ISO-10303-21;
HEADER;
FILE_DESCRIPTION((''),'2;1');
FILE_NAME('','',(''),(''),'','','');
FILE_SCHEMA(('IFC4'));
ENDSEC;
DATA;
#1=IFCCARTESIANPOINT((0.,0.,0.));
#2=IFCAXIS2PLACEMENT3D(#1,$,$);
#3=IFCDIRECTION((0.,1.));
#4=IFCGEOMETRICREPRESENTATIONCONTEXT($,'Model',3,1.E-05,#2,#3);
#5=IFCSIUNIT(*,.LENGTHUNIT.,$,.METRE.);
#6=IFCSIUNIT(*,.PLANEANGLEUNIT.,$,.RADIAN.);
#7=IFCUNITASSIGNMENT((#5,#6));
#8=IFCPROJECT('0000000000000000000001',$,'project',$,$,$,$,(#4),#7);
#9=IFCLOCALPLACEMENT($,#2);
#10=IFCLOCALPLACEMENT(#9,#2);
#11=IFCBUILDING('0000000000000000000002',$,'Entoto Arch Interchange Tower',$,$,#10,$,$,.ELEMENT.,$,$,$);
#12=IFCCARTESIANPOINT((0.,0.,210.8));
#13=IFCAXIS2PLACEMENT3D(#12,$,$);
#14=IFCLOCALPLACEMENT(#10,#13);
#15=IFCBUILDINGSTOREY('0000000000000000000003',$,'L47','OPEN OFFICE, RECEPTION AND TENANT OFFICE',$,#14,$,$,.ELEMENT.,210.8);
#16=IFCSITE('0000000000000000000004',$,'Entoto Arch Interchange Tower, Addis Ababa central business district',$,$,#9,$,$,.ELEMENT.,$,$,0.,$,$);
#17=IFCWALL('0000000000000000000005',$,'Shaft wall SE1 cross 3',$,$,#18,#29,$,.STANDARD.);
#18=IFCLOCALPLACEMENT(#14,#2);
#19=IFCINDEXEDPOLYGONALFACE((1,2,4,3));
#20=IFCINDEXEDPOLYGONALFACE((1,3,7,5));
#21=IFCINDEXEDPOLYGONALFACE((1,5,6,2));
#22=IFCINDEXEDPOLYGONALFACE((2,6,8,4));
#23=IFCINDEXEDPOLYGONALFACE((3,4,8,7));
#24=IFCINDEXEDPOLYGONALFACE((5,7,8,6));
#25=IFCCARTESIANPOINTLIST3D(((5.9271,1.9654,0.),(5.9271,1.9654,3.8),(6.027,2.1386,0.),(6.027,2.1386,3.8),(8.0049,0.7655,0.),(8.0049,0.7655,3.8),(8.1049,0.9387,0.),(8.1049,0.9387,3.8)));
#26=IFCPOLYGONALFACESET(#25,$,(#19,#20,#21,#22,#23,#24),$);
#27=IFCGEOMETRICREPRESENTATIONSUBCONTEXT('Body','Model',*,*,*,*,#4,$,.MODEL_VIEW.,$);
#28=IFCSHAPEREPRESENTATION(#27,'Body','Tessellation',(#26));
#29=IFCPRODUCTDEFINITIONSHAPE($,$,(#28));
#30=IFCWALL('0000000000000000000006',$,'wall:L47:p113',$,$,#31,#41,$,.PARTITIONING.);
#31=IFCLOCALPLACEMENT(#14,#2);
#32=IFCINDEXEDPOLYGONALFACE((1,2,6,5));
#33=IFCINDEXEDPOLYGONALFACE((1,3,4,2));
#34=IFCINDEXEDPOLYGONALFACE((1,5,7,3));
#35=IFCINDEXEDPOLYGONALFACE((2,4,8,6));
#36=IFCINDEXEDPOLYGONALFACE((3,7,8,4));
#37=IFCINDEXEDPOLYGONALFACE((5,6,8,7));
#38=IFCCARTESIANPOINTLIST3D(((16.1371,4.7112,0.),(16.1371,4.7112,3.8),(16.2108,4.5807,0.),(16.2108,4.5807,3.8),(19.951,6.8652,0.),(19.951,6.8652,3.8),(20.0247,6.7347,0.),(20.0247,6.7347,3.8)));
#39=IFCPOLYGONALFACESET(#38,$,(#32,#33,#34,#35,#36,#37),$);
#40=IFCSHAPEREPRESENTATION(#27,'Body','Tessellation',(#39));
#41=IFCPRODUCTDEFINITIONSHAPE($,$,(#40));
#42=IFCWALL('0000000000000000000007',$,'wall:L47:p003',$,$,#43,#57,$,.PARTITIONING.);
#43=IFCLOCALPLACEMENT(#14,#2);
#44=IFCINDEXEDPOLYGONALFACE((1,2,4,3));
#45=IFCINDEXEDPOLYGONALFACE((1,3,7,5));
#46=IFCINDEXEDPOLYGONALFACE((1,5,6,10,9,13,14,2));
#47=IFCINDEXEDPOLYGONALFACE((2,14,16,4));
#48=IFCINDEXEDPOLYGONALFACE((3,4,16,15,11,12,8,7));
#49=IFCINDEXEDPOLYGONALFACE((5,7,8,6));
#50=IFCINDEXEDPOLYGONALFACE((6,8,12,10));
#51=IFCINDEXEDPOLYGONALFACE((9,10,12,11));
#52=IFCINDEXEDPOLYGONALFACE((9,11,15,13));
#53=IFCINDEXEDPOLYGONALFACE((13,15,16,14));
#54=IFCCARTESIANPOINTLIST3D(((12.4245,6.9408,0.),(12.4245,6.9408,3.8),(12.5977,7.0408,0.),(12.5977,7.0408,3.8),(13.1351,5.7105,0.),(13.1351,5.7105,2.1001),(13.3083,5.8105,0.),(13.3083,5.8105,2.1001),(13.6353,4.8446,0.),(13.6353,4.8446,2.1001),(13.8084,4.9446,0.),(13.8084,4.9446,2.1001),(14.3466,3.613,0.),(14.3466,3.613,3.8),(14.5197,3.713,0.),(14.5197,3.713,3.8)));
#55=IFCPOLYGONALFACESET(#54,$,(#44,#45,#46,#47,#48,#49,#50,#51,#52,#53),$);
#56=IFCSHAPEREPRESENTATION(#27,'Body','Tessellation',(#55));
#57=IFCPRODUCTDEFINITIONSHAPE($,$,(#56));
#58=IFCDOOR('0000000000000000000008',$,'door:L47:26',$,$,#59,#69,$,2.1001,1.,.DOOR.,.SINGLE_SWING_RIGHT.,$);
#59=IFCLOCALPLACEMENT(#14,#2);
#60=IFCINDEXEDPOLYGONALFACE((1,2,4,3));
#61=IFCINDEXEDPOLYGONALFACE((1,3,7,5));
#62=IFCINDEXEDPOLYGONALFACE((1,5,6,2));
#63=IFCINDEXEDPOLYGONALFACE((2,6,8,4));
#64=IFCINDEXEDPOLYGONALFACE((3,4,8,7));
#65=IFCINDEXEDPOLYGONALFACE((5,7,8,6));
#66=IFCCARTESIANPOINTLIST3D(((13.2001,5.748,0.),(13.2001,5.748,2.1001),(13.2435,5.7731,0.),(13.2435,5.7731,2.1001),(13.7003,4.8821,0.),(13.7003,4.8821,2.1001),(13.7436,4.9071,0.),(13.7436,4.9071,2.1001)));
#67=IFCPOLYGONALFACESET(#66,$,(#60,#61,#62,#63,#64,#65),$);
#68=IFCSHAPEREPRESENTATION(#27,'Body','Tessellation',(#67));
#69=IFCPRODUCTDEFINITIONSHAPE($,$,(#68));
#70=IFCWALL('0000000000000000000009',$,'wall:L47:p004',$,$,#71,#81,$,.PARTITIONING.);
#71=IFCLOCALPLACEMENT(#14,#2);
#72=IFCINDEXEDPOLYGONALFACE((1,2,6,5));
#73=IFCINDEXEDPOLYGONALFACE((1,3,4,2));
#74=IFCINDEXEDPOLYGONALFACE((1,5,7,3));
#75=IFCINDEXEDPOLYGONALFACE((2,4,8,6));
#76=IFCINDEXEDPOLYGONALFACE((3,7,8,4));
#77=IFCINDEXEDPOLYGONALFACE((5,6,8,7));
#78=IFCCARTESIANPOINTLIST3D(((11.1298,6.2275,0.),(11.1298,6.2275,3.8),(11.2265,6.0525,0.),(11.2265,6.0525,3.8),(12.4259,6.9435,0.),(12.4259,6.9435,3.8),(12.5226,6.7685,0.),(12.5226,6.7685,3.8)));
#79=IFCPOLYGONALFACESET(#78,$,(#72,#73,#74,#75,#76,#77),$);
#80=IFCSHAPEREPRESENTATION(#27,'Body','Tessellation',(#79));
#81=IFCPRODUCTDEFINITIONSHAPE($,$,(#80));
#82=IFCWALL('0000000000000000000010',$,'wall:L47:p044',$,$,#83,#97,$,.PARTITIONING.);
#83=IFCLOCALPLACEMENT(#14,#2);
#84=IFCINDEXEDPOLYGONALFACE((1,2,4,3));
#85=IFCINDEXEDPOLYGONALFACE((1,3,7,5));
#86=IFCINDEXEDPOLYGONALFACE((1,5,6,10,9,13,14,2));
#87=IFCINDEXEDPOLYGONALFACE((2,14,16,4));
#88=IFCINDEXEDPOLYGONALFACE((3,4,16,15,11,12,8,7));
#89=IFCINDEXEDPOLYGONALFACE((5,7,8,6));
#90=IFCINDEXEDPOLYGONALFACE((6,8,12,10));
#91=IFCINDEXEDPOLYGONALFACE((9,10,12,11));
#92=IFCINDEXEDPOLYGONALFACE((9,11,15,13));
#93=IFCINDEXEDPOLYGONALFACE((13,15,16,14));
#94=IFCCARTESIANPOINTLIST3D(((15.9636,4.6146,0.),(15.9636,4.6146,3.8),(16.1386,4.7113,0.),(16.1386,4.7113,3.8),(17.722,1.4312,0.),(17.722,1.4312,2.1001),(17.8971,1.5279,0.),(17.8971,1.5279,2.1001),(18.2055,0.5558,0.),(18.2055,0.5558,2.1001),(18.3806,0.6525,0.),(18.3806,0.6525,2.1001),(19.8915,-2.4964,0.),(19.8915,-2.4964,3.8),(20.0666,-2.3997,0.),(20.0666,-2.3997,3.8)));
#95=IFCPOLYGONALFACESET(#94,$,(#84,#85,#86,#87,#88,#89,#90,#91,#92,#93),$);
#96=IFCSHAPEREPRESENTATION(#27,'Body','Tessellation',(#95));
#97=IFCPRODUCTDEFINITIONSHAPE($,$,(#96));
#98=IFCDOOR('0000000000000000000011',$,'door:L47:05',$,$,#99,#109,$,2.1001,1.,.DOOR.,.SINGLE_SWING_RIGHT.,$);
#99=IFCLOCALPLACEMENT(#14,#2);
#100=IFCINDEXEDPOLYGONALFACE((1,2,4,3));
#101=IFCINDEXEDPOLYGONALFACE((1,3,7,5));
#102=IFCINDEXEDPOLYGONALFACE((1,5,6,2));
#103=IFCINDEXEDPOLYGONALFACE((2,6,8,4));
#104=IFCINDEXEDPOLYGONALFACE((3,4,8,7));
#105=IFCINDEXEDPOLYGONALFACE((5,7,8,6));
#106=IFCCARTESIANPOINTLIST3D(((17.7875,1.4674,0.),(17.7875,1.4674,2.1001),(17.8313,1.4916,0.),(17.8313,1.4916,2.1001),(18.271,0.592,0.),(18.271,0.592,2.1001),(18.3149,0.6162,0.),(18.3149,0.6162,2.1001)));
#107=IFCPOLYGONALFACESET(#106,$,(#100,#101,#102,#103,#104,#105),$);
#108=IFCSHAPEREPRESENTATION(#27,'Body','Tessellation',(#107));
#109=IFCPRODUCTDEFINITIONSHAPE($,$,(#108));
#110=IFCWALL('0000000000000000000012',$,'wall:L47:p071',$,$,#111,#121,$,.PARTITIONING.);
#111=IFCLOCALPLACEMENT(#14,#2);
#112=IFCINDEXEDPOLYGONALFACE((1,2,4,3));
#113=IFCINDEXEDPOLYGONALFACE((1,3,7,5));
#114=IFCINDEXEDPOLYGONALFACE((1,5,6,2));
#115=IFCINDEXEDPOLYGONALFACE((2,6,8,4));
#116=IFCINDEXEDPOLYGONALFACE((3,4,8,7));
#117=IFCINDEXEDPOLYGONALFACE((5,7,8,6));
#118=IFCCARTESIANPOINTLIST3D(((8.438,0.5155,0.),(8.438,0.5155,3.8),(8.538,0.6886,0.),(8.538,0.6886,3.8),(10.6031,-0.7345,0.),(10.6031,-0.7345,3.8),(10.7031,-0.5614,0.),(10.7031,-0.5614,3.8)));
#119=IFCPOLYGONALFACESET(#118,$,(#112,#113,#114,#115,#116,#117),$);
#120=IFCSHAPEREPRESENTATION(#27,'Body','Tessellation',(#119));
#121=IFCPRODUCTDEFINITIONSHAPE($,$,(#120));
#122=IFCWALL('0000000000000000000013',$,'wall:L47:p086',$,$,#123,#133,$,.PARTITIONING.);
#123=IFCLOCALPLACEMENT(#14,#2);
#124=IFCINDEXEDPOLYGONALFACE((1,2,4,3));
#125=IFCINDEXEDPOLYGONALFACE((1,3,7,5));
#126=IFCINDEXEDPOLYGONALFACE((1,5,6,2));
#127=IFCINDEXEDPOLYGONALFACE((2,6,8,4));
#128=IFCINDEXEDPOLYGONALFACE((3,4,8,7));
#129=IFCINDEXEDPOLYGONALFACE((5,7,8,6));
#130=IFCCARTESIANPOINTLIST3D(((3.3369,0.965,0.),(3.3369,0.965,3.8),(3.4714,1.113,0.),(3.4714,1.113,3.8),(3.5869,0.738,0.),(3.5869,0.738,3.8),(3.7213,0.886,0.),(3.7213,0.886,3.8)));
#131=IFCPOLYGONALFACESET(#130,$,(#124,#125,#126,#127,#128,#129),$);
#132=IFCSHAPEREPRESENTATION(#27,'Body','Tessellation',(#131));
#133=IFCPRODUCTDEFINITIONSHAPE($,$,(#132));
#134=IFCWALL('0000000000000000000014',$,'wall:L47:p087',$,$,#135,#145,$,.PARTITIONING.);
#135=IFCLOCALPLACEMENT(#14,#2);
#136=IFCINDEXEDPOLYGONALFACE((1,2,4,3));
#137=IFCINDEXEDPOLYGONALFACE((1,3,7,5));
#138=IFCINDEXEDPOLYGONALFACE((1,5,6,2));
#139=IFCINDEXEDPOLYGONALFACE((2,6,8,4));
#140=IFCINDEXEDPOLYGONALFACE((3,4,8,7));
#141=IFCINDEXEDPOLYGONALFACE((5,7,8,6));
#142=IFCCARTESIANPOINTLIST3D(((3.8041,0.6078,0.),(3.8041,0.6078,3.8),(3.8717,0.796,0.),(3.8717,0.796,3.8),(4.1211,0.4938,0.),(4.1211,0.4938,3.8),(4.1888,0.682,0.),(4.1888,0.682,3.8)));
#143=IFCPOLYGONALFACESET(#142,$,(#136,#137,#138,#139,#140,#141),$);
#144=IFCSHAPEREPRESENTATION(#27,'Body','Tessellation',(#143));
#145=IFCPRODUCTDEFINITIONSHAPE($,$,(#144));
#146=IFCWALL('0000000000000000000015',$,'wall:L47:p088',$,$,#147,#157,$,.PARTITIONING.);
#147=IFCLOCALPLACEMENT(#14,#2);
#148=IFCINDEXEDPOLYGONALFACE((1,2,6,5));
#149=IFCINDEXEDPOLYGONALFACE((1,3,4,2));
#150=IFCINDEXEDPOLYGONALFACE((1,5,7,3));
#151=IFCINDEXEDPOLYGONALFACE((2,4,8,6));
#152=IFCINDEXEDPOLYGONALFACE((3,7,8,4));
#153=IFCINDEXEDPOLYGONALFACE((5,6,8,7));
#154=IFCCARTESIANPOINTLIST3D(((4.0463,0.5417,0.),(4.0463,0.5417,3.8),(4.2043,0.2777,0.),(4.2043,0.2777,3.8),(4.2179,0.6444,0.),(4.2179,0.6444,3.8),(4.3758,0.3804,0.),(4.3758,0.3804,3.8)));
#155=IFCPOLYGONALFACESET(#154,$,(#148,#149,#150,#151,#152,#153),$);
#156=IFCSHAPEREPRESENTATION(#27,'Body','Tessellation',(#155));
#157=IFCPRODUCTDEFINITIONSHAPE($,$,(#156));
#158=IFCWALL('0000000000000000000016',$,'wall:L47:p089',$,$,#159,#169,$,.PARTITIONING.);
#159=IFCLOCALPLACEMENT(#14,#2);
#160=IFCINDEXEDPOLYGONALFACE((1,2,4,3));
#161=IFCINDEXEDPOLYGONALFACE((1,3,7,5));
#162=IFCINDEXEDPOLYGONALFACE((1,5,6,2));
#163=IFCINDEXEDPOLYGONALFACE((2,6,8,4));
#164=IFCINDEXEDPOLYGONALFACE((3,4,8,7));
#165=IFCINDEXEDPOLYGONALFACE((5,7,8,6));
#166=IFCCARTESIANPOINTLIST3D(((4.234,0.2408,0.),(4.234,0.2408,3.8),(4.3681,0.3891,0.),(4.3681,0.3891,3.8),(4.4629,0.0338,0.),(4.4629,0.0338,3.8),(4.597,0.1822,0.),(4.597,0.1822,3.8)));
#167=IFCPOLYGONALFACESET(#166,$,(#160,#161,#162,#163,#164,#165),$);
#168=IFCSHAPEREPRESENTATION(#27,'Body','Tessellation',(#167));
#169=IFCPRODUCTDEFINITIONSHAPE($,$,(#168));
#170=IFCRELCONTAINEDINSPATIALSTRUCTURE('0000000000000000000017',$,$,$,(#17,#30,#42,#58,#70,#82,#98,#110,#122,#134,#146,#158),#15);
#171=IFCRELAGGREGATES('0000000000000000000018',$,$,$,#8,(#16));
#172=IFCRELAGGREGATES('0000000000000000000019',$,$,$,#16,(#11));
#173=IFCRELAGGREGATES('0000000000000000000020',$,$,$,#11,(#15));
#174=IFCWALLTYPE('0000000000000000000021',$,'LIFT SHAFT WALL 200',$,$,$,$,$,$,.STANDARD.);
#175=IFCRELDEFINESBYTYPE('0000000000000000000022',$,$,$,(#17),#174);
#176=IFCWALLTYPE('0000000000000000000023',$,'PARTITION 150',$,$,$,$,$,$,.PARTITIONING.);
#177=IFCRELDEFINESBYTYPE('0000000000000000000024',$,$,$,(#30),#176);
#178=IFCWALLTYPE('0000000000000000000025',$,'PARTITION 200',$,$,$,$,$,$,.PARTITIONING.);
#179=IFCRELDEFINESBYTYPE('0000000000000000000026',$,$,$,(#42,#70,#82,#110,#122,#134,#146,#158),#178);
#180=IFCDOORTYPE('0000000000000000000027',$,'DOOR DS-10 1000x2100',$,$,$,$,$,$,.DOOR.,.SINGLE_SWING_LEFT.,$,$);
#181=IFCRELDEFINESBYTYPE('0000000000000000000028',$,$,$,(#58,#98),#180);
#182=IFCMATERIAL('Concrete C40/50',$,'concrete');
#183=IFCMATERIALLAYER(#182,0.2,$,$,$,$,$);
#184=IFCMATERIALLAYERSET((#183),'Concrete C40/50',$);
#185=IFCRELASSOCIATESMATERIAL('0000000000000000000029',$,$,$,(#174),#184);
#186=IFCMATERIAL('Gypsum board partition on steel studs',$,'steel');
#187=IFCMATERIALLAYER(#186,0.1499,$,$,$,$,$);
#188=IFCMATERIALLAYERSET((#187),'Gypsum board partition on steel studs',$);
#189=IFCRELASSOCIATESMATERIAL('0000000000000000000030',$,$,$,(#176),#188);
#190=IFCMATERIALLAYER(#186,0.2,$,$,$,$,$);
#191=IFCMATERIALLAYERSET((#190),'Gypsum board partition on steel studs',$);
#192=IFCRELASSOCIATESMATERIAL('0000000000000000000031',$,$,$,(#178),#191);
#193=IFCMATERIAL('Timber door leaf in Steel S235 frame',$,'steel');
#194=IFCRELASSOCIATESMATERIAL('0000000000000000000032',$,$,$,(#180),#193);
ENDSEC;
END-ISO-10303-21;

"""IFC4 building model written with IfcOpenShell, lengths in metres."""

from ifc_helpers import new_model, si_unit, direction, frame, frame_2d, origin, place, context, subcontext, project, spatial, rectangle, extrude, material, layer, layer_set, type_object, element, fill, save


model = new_model("IFC4")

# Units and contexts
model_context = context("Model", 3, precision=1e-05, world=origin(), true_north=direction((0.0, 1.0)))
body_context = subcontext(model_context, "Body", "Model", "MODEL_VIEW")
ifc_project = project(units=[si_unit("LENGTHUNIT", "METRE"), si_unit("PLANEANGLEUNIT", "RADIAN")], contexts=[model_context])

# Site, building, storey
site_placement = place(None, origin())
site = spatial("IfcSite", under=ifc_project, at=site_placement, Name="Entoto Arch Interchange Tower, Addis Ababa central business district", CompositionType="ELEMENT", RefElevation=0.0)
building_placement = place(site_placement, origin())
building = spatial("IfcBuilding", under=site, at=building_placement, Name="Entoto Arch Interchange Tower", CompositionType="ELEMENT")
storey_placement = place(building_placement, frame((0.0, 0.0, 210.8)))
storey = spatial("IfcBuildingStorey", under=building, at=storey_placement, Name="L47", Description="OPEN OFFICE, RECEPTION AND TENANT OFFICE", CompositionType="ELEMENT", Elevation=210.8)

# Walls
ifc_material_1 = material(Name="Concrete C40/50", Category="concrete")
ifc_layer_1 = layer(ifc_material_1, 0.2)
ifc_layer_set_1 = layer_set([ifc_layer_1], Name="Concrete C40/50")
wall_type_1 = type_object("IfcWallType", Name="LIFT SHAFT WALL 200", PredefinedType="STANDARD", material=ifc_layer_set_1)
wall_1_placement = place(storey_placement, frame((5.9771, 2.052, 0.0), z_axis=(0.0, 0.0, 1.0), x_axis=(0.865974, -0.500089, 0.0)))
element("IfcWall", 1, at=wall_1_placement, inside=storey, type_object=wall_type_1, Name="Shaft wall SE1 cross 3", PredefinedType="STANDARD", context=body_context, shape_type="SweptSolid", body=[
    extrude(rectangle(XDim=2.3994, YDim=0.2, at=frame_2d((1.1997, 0.0))), origin(), (0.0, 0.0, 1.0), 3.8),
])
ifc_material_2 = material(Name="Gypsum board partition on steel studs", Category="steel")
ifc_layer_2 = layer(ifc_material_2, 0.1499)
ifc_layer_set_2 = layer_set([ifc_layer_2], Name="Gypsum board partition on steel studs")
wall_type_2 = type_object("IfcWallType", Name="PARTITION 150", PredefinedType="PARTITIONING", material=ifc_layer_set_2)
wall_2_placement = place(storey_placement, frame((16.1741, 4.646, 0.0), z_axis=(0.0, 0.0, 1.0), x_axis=(0.870726, 0.491769, 0.0)))
element("IfcWall", 2, at=wall_2_placement, inside=storey, type_object=wall_type_2, Name="wall:L47:p113", PredefinedType="PARTITIONING", context=body_context, shape_type="SweptSolid", body=[
    extrude(rectangle(XDim=4.3801, YDim=0.1499, at=frame_2d((2.1899, 0.0))), origin(), (0.0, 0.0, 1.0), 3.8),
])

# Wall, opening, door
ifc_layer_3 = layer(ifc_material_2, 0.2)
ifc_layer_set_3 = layer_set([ifc_layer_3], Name="Gypsum board partition on steel studs")
wall_type_3 = type_object("IfcWallType", Name="PARTITION 200", PredefinedType="PARTITIONING", material=ifc_layer_set_3)
wall_3_placement = place(storey_placement, frame((14.4331, 3.6631, 0.0), z_axis=(0.0, 0.0, 1.0), x_axis=(-0.50015, 0.865939, 0.0)))
wall_3 = element("IfcWall", 3, at=wall_3_placement, inside=storey, type_object=wall_type_3, Name="wall:L47:p003", PredefinedType="PARTITIONING", context=body_context, shape_type="SweptSolid", body=[
    extrude(rectangle(XDim=3.843, YDim=0.2, at=frame_2d((1.9214, 0.0))), origin(), (0.0, 0.0, 1.0), 3.8),
])
opening_1_placement = place(wall_3_placement, frame((1.4221, 0.0, 0.0)))
opening_1 = element("IfcOpeningElement", 4, at=opening_1_placement, cuts=wall_3, PredefinedType="OPENING", context=body_context, shape_type="SweptSolid", body=[
    extrude(rectangle(XDim=1.0, YDim=2.1001, at=frame_2d((0.5, 1.05))), frame((0.0, 0.1099, 0.0), z_axis=(0.0, -1.0, 0.0), x_axis=(1.0, 0.0, 0.0)), (0.0, 0.0, 1.0), 0.22),
])
ifc_material_3 = material(Name="Timber door leaf in Steel S235 frame", Category="steel")
door_type_1 = type_object("IfcDoorType", Name="DOOR DS-10 1000x2100", OperationType="SINGLE_SWING_LEFT", PredefinedType="DOOR", material=ifc_material_3)
door_1_placement = place(opening_1_placement, origin())
door_1 = element("IfcDoor", 5, at=door_1_placement, inside=storey, type_object=door_type_1, Name="door:L47:26", OperationType="SINGLE_SWING_RIGHT", OverallHeight=2.1001, OverallWidth=1.0, PredefinedType="DOOR", context=body_context, shape_type="SweptSolid", body=[
    extrude(rectangle(XDim=1.0, YDim=2.1001, at=frame_2d((0.5, 1.05))), frame((0.0, 0.0249, 0.0), z_axis=(0.0, -1.0, 0.0), x_axis=(1.0, 0.0, 0.0)), (0.0, 0.0, 1.0), 0.05),
])
fill(opening_1, door_1)

# Wall
wall_4_placement = place(storey_placement, frame((12.4741, 6.856, 0.0), z_axis=(0.0, 0.0, 1.0), x_axis=(-0.875306, -0.48357, 0.0)))
element("IfcWall", 6, at=wall_4_placement, inside=storey, type_object=wall_type_3, Name="wall:L47:p004", PredefinedType="PARTITIONING", context=body_context, shape_type="SweptSolid", body=[
    extrude(rectangle(XDim=1.4807, YDim=0.2, at=frame_2d((0.7402, 0.0))), origin(), (0.0, 0.0, 1.0), 3.8),
])

# Wall, opening, door
wall_5_placement = place(storey_placement, frame((16.051, 4.6631, 0.0), z_axis=(0.0, 0.0, 1.0), x_axis=(0.483513, -0.875337, 0.0)))
wall_5 = element("IfcWall", 7, at=wall_5_placement, inside=storey, type_object=wall_type_3, Name="wall:L47:p044", PredefinedType="PARTITIONING", context=body_context, shape_type="SweptSolid", body=[
    extrude(rectangle(XDim=8.1238, YDim=0.2, at=frame_2d((4.062, 0.0))), origin(), (0.0, 0.0, 1.0), 3.8),
])
opening_2_placement = place(wall_5_placement, frame((3.637, 0.0, 0.0)))
opening_2 = element("IfcOpeningElement", 8, at=opening_2_placement, cuts=wall_5, PredefinedType="OPENING", context=body_context, shape_type="SweptSolid", body=[
    extrude(rectangle(XDim=1.0, YDim=2.1001, at=frame_2d((0.5, 1.05))), frame((0.0, 0.1099, 0.0), z_axis=(0.0, -1.0, 0.0), x_axis=(1.0, 0.0, 0.0)), (0.0, 0.0, 1.0), 0.22),
])
door_2_placement = place(opening_2_placement, origin())
door_2 = element("IfcDoor", 9, at=door_2_placement, inside=storey, type_object=door_type_1, Name="door:L47:05", OperationType="SINGLE_SWING_RIGHT", OverallHeight=2.1001, OverallWidth=1.0, PredefinedType="DOOR", context=body_context, shape_type="SweptSolid", body=[
    extrude(rectangle(XDim=1.0, YDim=2.1001, at=frame_2d((0.5, 1.05))), frame((0.0, 0.0249, 0.0), z_axis=(0.0, -1.0, 0.0), x_axis=(1.0, 0.0, 0.0)), (0.0, 0.0, 1.0), 0.05),
])
fill(opening_2, door_2)

# Walls
wall_6_placement = place(storey_placement, frame((8.488, 0.6021, 0.0), z_axis=(0.0, 0.0, 1.0), x_axis=(0.866023, -0.500004, 0.0)))
element("IfcWall", 10, at=wall_6_placement, inside=storey, type_object=wall_type_3, Name="wall:L47:p071", PredefinedType="PARTITIONING", context=body_context, shape_type="SweptSolid", body=[
    extrude(rectangle(XDim=2.5, YDim=0.2, at=frame_2d((1.25, 0.0))), origin(), (0.0, 0.0, 1.0), 3.8),
])
wall_7_placement = place(storey_placement, frame((3.4041, 1.0391, 0.0), z_axis=(0.0, 0.0, 1.0), x_axis=(0.740267, -0.672313, 0.0)))
element("IfcWall", 11, at=wall_7_placement, inside=storey, type_object=wall_type_3, Name="wall:L47:p086", PredefinedType="PARTITIONING", context=body_context, shape_type="SweptSolid", body=[
    extrude(rectangle(XDim=0.3376, YDim=0.2, at=frame_2d((0.1689, 0.0))), origin(), (0.0, 0.0, 1.0), 3.8),
])
wall_8_placement = place(storey_placement, frame((3.8379, 0.7019, 0.0), z_axis=(0.0, 0.0, 1.0), x_axis=(0.941035, -0.338309, 0.0)))
element("IfcWall", 12, at=wall_8_placement, inside=storey, type_object=wall_type_3, Name="wall:L47:p087", PredefinedType="PARTITIONING", context=body_context, shape_type="SweptSolid", body=[
    extrude(rectangle(XDim=0.3369, YDim=0.2, at=frame_2d((0.1685, 0.0))), origin(), (0.0, 0.0, 1.0), 3.8),
])
wall_9_placement = place(storey_placement, frame((4.1321, 0.593, 0.0), z_axis=(0.0, 0.0, 1.0), x_axis=(0.513562, -0.858053, 0.0)))
element("IfcWall", 13, at=wall_9_placement, inside=storey, type_object=wall_type_3, Name="wall:L47:p088", PredefinedType="PARTITIONING", context=body_context, shape_type="SweptSolid", body=[
    extrude(rectangle(XDim=0.3076, YDim=0.2, at=frame_2d((0.1538, 0.0))), origin(), (0.0, 0.0, 1.0), 3.8),
])
wall_10_placement = place(storey_placement, frame((4.301, 0.3149, 0.0), z_axis=(0.0, 0.0, 1.0), x_axis=(0.741798, -0.670623, 0.0)))
element("IfcWall", 14, at=wall_10_placement, inside=storey, type_object=wall_type_3, Name="wall:L47:p089", PredefinedType="PARTITIONING", context=body_context, shape_type="SweptSolid", body=[
    extrude(rectangle(XDim=0.3086, YDim=0.2, at=frame_2d((0.1543, 0.0))), origin(), (0.0, 0.0, 1.0), 3.8),
])

save(model, "model.ifc")
